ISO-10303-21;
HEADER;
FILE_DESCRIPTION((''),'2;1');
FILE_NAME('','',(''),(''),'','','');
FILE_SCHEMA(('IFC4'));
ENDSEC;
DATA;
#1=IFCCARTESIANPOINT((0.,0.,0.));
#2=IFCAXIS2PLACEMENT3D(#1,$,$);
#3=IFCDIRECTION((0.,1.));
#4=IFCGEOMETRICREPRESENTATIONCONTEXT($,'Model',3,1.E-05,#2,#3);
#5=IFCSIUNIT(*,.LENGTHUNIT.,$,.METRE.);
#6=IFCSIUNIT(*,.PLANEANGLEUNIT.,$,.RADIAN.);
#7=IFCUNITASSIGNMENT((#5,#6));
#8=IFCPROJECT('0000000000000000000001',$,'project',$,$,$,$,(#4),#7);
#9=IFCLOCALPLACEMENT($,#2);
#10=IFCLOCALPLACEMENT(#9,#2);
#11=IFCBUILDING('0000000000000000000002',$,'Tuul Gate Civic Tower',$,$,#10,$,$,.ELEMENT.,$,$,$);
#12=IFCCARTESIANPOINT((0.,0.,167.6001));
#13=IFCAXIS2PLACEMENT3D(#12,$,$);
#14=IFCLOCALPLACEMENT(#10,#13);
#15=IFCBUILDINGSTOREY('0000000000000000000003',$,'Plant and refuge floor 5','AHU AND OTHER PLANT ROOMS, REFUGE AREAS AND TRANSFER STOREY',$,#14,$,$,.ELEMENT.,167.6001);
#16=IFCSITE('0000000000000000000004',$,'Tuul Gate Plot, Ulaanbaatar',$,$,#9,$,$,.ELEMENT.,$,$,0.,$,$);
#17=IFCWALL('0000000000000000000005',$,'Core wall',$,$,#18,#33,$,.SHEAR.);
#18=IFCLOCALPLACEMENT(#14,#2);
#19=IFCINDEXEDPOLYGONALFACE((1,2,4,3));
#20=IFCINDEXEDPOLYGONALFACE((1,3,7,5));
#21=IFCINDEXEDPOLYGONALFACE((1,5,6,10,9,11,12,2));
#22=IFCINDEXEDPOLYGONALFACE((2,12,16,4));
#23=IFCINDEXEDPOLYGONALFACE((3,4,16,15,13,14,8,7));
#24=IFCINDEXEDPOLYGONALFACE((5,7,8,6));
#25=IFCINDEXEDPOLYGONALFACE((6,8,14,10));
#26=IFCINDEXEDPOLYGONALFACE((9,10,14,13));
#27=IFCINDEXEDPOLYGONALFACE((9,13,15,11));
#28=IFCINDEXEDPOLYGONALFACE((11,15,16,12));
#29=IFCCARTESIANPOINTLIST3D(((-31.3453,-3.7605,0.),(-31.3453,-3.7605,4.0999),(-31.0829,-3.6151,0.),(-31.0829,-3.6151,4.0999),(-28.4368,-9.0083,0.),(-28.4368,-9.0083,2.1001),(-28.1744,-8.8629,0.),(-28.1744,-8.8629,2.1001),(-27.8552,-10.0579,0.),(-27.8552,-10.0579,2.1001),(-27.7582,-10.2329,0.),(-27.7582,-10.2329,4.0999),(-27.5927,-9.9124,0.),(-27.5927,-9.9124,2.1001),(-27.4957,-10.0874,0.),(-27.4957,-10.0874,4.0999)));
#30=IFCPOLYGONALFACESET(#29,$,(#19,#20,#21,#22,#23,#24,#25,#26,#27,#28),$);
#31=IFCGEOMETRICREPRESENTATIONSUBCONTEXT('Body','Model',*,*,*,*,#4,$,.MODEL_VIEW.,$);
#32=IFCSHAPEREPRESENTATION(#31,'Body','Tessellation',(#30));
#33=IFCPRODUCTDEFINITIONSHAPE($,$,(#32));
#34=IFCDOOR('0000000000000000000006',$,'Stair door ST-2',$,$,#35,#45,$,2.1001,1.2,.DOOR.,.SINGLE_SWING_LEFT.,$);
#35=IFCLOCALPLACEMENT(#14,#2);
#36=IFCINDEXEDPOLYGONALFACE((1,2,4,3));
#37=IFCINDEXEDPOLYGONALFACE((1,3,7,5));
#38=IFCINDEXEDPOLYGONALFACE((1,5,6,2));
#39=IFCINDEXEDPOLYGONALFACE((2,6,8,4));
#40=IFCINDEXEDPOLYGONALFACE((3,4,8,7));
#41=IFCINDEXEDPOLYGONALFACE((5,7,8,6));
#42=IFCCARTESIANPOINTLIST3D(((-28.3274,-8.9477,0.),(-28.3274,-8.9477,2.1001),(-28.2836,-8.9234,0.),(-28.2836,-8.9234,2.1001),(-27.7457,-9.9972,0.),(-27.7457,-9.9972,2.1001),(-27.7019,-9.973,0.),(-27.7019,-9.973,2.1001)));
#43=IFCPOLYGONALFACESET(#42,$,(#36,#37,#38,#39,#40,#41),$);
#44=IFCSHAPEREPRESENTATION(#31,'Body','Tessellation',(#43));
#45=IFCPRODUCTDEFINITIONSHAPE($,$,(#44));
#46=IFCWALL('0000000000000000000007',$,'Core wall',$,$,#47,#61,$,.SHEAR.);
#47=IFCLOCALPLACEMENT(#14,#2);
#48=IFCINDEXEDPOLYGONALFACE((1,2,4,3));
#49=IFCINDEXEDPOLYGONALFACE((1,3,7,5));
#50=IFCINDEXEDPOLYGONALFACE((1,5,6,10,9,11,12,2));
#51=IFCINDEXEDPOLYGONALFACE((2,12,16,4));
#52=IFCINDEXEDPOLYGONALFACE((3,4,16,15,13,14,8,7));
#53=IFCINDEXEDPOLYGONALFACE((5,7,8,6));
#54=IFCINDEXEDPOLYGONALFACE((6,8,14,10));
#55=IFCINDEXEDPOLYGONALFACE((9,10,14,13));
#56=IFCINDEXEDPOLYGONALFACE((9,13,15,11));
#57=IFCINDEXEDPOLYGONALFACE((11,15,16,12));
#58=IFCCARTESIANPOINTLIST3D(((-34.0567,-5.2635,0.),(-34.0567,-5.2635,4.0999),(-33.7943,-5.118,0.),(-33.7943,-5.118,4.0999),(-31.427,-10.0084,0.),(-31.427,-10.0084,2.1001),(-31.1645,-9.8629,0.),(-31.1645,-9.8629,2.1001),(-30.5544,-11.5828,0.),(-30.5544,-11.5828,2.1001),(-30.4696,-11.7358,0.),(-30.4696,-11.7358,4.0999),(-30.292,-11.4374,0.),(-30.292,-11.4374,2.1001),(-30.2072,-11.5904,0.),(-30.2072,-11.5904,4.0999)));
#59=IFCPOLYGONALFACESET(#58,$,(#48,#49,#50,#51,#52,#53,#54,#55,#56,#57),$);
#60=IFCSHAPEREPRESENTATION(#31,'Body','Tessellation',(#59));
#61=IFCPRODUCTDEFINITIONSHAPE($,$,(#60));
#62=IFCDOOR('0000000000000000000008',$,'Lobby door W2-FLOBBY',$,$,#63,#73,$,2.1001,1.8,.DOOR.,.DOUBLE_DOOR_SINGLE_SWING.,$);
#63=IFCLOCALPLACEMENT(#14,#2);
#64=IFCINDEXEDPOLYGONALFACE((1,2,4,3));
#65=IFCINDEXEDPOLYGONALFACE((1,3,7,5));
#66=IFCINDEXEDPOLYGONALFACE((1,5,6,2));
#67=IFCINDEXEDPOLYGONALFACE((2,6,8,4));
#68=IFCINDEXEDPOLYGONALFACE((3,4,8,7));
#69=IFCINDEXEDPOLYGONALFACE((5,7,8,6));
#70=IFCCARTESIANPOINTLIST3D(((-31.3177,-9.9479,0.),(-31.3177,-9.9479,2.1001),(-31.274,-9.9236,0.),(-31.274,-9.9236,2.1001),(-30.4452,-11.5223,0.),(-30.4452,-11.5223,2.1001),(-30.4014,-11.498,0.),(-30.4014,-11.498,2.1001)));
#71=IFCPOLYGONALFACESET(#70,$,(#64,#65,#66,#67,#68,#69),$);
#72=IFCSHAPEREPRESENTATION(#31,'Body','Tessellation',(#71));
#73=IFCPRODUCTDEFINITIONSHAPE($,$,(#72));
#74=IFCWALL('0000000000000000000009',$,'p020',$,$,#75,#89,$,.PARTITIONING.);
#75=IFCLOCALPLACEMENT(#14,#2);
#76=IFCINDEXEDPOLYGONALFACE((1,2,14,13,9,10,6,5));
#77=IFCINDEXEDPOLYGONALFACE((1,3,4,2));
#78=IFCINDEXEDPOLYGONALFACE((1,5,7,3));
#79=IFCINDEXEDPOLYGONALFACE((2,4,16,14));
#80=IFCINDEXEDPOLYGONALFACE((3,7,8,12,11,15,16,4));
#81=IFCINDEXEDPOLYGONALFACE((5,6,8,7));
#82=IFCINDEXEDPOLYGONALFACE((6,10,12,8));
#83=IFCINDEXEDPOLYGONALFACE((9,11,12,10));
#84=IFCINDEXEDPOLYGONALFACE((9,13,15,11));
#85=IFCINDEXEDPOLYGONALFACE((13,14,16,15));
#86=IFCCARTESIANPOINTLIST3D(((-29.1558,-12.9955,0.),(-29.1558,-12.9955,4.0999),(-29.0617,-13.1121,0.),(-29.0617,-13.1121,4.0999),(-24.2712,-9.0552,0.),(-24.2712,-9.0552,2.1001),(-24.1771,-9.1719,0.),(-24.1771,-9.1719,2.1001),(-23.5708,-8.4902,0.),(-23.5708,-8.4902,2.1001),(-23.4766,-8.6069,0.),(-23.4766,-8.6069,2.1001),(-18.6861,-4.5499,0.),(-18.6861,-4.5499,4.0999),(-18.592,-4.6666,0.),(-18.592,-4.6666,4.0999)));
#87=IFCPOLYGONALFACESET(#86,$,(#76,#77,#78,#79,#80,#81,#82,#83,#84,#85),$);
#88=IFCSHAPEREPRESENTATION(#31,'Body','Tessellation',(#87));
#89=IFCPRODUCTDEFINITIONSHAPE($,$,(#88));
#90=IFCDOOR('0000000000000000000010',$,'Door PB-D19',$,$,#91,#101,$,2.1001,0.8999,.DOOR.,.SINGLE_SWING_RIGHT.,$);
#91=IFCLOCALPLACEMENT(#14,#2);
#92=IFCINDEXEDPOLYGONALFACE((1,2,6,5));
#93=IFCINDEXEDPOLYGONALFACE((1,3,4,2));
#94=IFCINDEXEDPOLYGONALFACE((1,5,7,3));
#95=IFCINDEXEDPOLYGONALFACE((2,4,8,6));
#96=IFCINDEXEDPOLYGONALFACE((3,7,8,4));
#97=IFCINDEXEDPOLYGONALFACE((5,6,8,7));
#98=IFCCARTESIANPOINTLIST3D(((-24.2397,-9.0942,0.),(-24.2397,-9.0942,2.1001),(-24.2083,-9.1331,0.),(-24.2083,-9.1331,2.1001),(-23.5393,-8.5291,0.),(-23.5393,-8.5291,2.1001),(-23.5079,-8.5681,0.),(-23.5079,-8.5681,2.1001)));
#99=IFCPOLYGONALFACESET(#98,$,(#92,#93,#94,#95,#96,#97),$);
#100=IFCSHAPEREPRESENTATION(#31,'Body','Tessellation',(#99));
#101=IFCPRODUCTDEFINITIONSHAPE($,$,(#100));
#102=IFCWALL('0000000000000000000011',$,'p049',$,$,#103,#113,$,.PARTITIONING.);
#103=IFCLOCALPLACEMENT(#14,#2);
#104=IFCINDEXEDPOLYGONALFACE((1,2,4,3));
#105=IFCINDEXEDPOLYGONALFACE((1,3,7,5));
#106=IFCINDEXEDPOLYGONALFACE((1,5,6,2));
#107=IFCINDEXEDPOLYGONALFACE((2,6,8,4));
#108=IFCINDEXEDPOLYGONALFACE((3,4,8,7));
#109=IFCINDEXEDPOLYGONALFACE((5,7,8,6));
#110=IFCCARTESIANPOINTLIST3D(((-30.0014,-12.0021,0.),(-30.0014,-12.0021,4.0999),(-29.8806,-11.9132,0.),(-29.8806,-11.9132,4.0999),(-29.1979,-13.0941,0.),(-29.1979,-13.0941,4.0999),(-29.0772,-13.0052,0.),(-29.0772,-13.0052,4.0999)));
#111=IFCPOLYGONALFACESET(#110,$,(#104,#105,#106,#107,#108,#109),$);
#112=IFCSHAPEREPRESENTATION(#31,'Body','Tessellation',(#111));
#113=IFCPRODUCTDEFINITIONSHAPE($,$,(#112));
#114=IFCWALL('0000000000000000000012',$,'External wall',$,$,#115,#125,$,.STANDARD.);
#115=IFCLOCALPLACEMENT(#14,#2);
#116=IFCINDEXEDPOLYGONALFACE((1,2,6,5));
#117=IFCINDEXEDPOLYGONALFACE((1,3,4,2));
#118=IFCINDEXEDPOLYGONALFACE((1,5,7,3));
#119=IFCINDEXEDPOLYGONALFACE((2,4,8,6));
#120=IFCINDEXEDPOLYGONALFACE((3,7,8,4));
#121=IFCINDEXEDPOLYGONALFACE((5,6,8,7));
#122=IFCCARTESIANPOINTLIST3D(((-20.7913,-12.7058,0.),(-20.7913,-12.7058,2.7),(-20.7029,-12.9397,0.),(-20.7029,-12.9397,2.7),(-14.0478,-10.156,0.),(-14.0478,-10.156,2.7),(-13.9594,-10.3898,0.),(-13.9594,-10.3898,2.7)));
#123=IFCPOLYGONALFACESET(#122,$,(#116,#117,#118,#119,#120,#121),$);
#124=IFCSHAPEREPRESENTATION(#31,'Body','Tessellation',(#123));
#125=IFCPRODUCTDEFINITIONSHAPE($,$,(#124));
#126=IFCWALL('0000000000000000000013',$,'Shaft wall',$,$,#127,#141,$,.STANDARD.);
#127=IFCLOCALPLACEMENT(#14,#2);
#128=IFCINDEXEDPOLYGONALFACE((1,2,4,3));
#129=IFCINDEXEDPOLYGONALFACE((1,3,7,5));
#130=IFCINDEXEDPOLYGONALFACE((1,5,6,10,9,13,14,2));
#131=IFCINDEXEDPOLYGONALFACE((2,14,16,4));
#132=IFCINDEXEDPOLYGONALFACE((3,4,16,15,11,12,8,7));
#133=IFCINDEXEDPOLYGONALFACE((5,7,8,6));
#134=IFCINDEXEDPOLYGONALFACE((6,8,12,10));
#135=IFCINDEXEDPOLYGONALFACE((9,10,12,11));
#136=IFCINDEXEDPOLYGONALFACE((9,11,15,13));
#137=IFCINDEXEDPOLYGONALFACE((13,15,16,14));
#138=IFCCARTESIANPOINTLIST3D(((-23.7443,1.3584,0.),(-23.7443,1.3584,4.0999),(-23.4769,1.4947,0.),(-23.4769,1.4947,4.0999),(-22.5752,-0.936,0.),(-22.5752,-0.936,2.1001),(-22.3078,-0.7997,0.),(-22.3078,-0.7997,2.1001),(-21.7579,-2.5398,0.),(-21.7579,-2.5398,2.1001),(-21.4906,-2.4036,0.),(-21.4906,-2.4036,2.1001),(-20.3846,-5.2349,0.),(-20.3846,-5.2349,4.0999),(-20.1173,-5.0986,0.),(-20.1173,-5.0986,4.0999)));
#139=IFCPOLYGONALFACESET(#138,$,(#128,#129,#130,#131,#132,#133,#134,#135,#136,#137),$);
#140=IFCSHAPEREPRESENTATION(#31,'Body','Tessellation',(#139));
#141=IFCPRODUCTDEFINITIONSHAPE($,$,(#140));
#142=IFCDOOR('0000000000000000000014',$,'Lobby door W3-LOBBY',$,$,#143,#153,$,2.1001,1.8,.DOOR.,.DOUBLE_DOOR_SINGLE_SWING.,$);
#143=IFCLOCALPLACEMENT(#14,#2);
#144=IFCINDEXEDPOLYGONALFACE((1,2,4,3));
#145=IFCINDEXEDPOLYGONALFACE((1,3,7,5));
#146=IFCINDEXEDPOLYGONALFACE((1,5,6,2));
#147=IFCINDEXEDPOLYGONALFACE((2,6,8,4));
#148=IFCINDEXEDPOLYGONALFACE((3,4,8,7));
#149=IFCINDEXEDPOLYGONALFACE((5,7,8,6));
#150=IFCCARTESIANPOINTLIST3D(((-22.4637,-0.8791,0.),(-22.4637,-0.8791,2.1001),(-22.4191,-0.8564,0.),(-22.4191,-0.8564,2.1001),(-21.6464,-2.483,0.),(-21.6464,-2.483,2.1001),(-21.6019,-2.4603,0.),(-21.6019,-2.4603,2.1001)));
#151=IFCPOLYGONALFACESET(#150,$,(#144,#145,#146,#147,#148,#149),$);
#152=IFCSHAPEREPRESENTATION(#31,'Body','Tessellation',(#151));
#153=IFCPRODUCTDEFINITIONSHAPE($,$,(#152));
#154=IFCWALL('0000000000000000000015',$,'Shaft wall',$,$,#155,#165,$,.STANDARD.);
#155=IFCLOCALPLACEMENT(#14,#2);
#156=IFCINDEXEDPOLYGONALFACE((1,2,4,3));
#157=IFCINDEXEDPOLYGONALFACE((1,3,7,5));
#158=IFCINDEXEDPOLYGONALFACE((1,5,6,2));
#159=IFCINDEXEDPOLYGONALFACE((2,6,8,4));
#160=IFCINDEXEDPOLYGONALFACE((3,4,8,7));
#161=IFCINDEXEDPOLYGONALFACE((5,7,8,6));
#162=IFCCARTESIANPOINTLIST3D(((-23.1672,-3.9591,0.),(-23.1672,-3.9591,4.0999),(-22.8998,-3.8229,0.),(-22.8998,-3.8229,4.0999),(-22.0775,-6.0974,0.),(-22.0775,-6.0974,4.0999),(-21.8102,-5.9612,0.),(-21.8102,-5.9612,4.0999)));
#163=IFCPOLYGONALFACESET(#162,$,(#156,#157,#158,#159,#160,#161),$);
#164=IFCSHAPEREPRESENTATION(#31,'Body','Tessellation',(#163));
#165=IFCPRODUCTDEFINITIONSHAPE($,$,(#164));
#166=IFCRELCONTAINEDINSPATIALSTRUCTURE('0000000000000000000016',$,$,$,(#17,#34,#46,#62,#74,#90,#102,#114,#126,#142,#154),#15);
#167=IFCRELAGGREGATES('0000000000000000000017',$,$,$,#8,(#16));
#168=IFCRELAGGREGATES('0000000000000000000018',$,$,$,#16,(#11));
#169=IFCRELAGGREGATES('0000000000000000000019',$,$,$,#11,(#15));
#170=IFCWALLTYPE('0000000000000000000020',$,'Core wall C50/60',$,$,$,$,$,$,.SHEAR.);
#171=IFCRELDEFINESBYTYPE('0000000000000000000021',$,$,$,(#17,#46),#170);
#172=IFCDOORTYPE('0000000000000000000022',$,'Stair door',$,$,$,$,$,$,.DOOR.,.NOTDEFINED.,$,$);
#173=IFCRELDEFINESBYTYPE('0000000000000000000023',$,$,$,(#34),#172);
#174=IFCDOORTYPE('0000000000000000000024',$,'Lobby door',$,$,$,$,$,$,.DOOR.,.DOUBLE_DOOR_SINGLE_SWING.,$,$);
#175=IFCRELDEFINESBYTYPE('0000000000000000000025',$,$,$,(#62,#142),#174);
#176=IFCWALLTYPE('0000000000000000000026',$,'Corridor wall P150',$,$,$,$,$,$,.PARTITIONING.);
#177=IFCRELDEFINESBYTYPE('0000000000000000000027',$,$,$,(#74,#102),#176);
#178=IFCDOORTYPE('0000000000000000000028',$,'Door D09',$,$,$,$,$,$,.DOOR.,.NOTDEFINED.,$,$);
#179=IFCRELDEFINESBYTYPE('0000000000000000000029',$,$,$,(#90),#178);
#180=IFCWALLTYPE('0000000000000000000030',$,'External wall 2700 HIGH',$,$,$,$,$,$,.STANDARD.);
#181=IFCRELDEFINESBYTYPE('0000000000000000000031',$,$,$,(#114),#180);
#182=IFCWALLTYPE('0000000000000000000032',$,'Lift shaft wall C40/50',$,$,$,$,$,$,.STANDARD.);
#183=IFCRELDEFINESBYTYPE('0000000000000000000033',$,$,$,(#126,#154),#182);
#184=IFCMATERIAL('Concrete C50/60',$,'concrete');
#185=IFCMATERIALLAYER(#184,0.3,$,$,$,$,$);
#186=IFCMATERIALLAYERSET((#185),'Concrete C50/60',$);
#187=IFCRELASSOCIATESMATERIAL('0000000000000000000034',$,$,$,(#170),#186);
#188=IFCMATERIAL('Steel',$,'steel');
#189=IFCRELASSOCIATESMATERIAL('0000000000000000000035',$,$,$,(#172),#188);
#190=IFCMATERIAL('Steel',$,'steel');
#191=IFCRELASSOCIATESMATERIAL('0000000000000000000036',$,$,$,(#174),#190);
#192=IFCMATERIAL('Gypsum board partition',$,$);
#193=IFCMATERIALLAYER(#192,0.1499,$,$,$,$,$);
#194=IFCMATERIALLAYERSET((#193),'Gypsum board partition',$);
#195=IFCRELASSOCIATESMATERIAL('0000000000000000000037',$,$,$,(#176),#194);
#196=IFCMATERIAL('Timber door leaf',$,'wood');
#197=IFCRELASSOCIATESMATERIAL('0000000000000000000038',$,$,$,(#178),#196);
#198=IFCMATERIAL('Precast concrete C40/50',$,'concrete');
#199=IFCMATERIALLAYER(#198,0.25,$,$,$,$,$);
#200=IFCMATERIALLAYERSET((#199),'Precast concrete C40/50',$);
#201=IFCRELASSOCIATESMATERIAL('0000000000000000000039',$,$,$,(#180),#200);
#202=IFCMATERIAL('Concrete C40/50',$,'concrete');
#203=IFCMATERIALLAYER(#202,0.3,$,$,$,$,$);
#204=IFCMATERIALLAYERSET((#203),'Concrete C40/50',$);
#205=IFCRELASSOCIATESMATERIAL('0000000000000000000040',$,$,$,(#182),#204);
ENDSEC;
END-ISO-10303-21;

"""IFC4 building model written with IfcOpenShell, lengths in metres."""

from ifc_helpers import new_model, si_unit, direction, frame, frame_2d, origin, place, context, subcontext, project, spatial, rectangle, extrude, material, layer, layer_set, type_object, element, fill, save


model = new_model("IFC4")

# Units and contexts
model_context = context("Model", 3, precision=1e-05, world=origin(), true_north=direction((0.0, 1.0)))
body_context = subcontext(model_context, "Body", "Model", "MODEL_VIEW")
ifc_project = project(units=[si_unit("LENGTHUNIT", "METRE"), si_unit("PLANEANGLEUNIT", "RADIAN")], contexts=[model_context])

# Site, building, storey
site_placement = place(None, origin())
site = spatial("IfcSite", under=ifc_project, at=site_placement, Name="Tuul Gate Plot, Ulaanbaatar", CompositionType="ELEMENT", RefElevation=0.0)
building_placement = place(site_placement, origin())
building = spatial("IfcBuilding", under=site, at=building_placement, Name="Tuul Gate Civic Tower", CompositionType="ELEMENT")
storey_placement = place(building_placement, frame((0.0, 0.0, 167.6001)))
storey = spatial("IfcBuildingStorey", under=building, at=storey_placement, Name="Plant and refuge floor 5", Description="AHU AND OTHER PLANT ROOMS, REFUGE AREAS AND TRANSFER STOREY", CompositionType="ELEMENT", Elevation=167.6001)

# Shared definitions
ifc_material_1 = material(Name="Concrete C50/60", Category="concrete")
ifc_layer_1 = layer(ifc_material_1, 0.3)
ifc_layer_set_1 = layer_set([ifc_layer_1], Name="Concrete C50/60")
wall_type_1 = type_object("IfcWallType", Name="Core wall C50/60", PredefinedType="SHEAR", material=ifc_layer_set_1)

# Walls, openings, doors
wall_1_placement = place(storey_placement, frame((-27.627, -10.1602, 0.0), z_axis=(0.0, 0.0, 1.0), x_axis=(-0.484752, 0.874652, 0.0)))
wall_1 = element("IfcWall", 1, at=wall_1_placement, inside=storey, type_object=wall_type_1, Name="Core wall", PredefinedType="SHEAR", context=body_context, shape_type="SweptSolid", body=[
    extrude(rectangle(XDim=7.3999, YDim=0.3, at=frame_2d((3.7, 0.0))), origin(), (0.0, 0.0, 1.0), 4.0999),
])
opening_1_placement = place(wall_1_placement, frame((0.2, 0.0, 0.0)))
opening_1 = element("IfcOpeningElement", 2, at=opening_1_placement, cuts=wall_1, PredefinedType="OPENING", context=body_context, shape_type="SweptSolid", body=[
    extrude(rectangle(XDim=1.2, YDim=2.1001, at=frame_2d((0.6001, 1.05))), frame((0.0, 0.1602, 0.0), z_axis=(0.0, -1.0, 0.0), x_axis=(1.0, 0.0, 0.0)), (0.0, 0.0, 1.0), 0.3201),
])
ifc_material_2 = material(Name="Steel", Category="steel")
door_type_1 = type_object("IfcDoorType", Name="Stair door", OperationType="NOTDEFINED", PredefinedType="DOOR", material=ifc_material_2)
door_1_placement = place(opening_1_placement, origin())
door_1 = element("IfcDoor", 3, at=door_1_placement, inside=storey, type_object=door_type_1, Name="Stair door ST-2", OperationType="SINGLE_SWING_LEFT", OverallHeight=2.1001, OverallWidth=1.2, PredefinedType="DOOR", context=body_context, shape_type="SweptSolid", body=[
    extrude(rectangle(XDim=1.2, YDim=2.1001, at=frame_2d((0.6001, 1.05))), frame((0.0, 0.0249, 0.0), z_axis=(0.0, -1.0, 0.0), x_axis=(1.0, 0.0, 0.0)), (0.0, 0.0, 1.0), 0.05),
])
fill(opening_1, door_1)
wall_2_placement = place(storey_placement, frame((-30.3384, -11.6631, 0.0), z_axis=(0.0, 0.0, 1.0), x_axis=(-0.484752, 0.874652, 0.0)))
wall_2 = element("IfcWall", 4, at=wall_2_placement, inside=storey, type_object=wall_type_1, Name="Core wall", PredefinedType="SHEAR", context=body_context, shape_type="SweptSolid", body=[
    extrude(rectangle(XDim=7.3999, YDim=0.3, at=frame_2d((3.7, 0.0))), origin(), (0.0, 0.0, 1.0), 4.0999),
])
opening_2_placement = place(wall_2_placement, frame((0.175, 0.0, 0.0)))
opening_2 = element("IfcOpeningElement", 5, at=opening_2_placement, cuts=wall_2, PredefinedType="OPENING", context=body_context, shape_type="SweptSolid", body=[
    extrude(rectangle(XDim=1.8, YDim=2.1001, at=frame_2d((0.8999, 1.05))), frame((0.0, 0.1602, 0.0), z_axis=(0.0, -1.0, 0.0), x_axis=(1.0, 0.0, 0.0)), (0.0, 0.0, 1.0), 0.3201),
])
ifc_material_3 = material(Name="Steel", Category="steel")
door_type_2 = type_object("IfcDoorType", Name="Lobby door", OperationType="DOUBLE_DOOR_SINGLE_SWING", PredefinedType="DOOR", material=ifc_material_3)
door_2_placement = place(opening_2_placement, frame((1.8, 0.0, 0.0), z_axis=(0.0, 0.0, 1.0), x_axis=(-1.0, 0.0, 0.0)))
door_2 = element("IfcDoor", 6, at=door_2_placement, inside=storey, type_object=door_type_2, Name="Lobby door W2-FLOBBY", OperationType="DOUBLE_DOOR_SINGLE_SWING", OverallHeight=2.1001, OverallWidth=1.8, PredefinedType="DOOR", context=body_context, shape_type="SweptSolid", body=[
    extrude(rectangle(XDim=1.8, YDim=2.1001, at=frame_2d((0.9001, 1.05))), frame((0.0, 0.0249, 0.0), z_axis=(0.0, -1.0, 0.0), x_axis=(1.0, 0.0, 0.0)), (0.0, 0.0, 1.0), 0.05),
])
fill(opening_2, door_2)
ifc_material_4 = material(Name="Gypsum board partition")
ifc_layer_2 = layer(ifc_material_4, 0.1499)
ifc_layer_set_2 = layer_set([ifc_layer_2], Name="Gypsum board partition")
wall_type_2 = type_object("IfcWallType", Name="Corridor wall P150", PredefinedType="PARTITIONING", material=ifc_layer_set_2)
wall_3_placement = place(storey_placement, frame((-29.1086, -13.0537, 0.0), z_axis=(0.0, 0.0, 1.0), x_axis=(0.778332, 0.627853, 0.0)))
wall_3 = element("IfcWall", 7, at=wall_3_placement, inside=storey, type_object=wall_type_2, Name="p020", PredefinedType="PARTITIONING", context=body_context, shape_type="SweptSolid", body=[
    extrude(rectangle(XDim=13.4514, YDim=0.1499, at=frame_2d((6.7256, 0.0))), origin(), (0.0, 0.0, 1.0), 4.0999),
])
opening_3_placement = place(wall_3_placement, frame((6.2756, 0.0, 0.0)))
opening_3 = element("IfcOpeningElement", 8, at=opening_3_placement, cuts=wall_3, PredefinedType="OPENING", context=body_context, shape_type="SweptSolid", body=[
    extrude(rectangle(XDim=0.8999, YDim=2.1001, at=frame_2d((0.45, 1.05))), frame((0.0, 0.085, 0.0), z_axis=(0.0, -1.0, 0.0), x_axis=(1.0, 0.0, 0.0)), (0.0, 0.0, 1.0), 0.1699),
])
ifc_material_5 = material(Name="Timber door leaf", Category="wood")
door_type_3 = type_object("IfcDoorType", Name="Door D09", OperationType="NOTDEFINED", PredefinedType="DOOR", material=ifc_material_5)
door_3_placement = place(opening_3_placement, origin())
door_3 = element("IfcDoor", 9, at=door_3_placement, inside=storey, type_object=door_type_3, Name="Door PB-D19", OperationType="SINGLE_SWING_RIGHT", OverallHeight=2.1001, OverallWidth=0.8999, PredefinedType="DOOR", context=body_context, shape_type="SweptSolid", body=[
    extrude(rectangle(XDim=0.8999, YDim=2.1001, at=frame_2d((0.45, 1.05))), frame((0.0, 0.0249, 0.0), z_axis=(0.0, -1.0, 0.0), x_axis=(1.0, 0.0, 0.0)), (0.0, 0.0, 1.0), 0.05),
])
fill(opening_3, door_3)

# Walls
wall_4_placement = place(storey_placement, frame((-29.9409, -11.9578, 0.0), z_axis=(0.0, 0.0, 1.0), x_axis=(0.592628, -0.805477, 0.0)))
element("IfcWall", 10, at=wall_4_placement, inside=storey, type_object=wall_type_2, Name="p049", PredefinedType="PARTITIONING", context=body_context, shape_type="SweptSolid", body=[
    extrude(rectangle(XDim=1.3557, YDim=0.1499, at=frame_2d((0.6777, 0.0))), origin(), (0.0, 0.0, 1.0), 4.0999),
])
ifc_material_6 = material(Name="Precast concrete C40/50", Category="concrete")
ifc_layer_3 = layer(ifc_material_6, 0.25)
ifc_layer_set_3 = layer_set([ifc_layer_3], Name="Precast concrete C40/50")
wall_type_3 = type_object("IfcWallType", Name="External wall 2700 HIGH", PredefinedType="STANDARD", material=ifc_layer_set_3)
wall_5_placement = place(storey_placement, frame((-20.7471, -12.8228, 0.0), z_axis=(0.0, 0.0, 1.0), x_axis=(0.935367, 0.353679, 0.0)))
element("IfcWall", 11, at=wall_5_placement, inside=storey, type_object=wall_type_3, Name="External wall", PredefinedType="STANDARD", context=body_context, shape_type="SweptSolid", body=[
    extrude(rectangle(XDim=7.2095, YDim=0.25, at=frame_2d((3.6047, 0.0))), origin(), (0.0, 0.0, 1.0), 2.7),
])

# Wall, opening, door
ifc_material_7 = material(Name="Concrete C40/50", Category="concrete")
ifc_layer_4 = layer(ifc_material_7, 0.3)
ifc_layer_set_4 = layer_set([ifc_layer_4], Name="Concrete C40/50")
wall_type_4 = type_object("IfcWallType", Name="Lift shaft wall C40/50", PredefinedType="STANDARD", material=ifc_layer_set_4)
wall_6_placement = place(storey_placement, frame((-20.251, -5.1667, 0.0), z_axis=(0.0, 0.0, 1.0), x_axis=(-0.45401, 0.890996, 0.0)))
wall_6 = element("IfcWall", 12, at=wall_6_placement, inside=storey, type_object=wall_type_4, Name="Shaft wall", PredefinedType="STANDARD", context=body_context, shape_type="SweptSolid", body=[
    extrude(rectangle(XDim=7.3999, YDim=0.3, at=frame_2d((3.7, 0.0))), origin(), (0.0, 0.0, 1.0), 4.0999),
])
opening_4_placement = place(wall_6_placement, frame((3.0249, 0.0, 0.0)))
opening_4 = element("IfcOpeningElement", 13, at=opening_4_placement, cuts=wall_6, PredefinedType="OPENING", context=body_context, shape_type="SweptSolid", body=[
    extrude(rectangle(XDim=1.8, YDim=2.1001, at=frame_2d((0.8999, 1.05))), frame((0.0, 0.1602, 0.0), z_axis=(0.0, -1.0, 0.0), x_axis=(1.0, 0.0, 0.0)), (0.0, 0.0, 1.0), 0.3201),
])
door_4_placement = place(opening_4_placement, origin())
door_4 = element("IfcDoor", 14, at=door_4_placement, inside=storey, type_object=door_type_2, Name="Lobby door W3-LOBBY", OperationType="DOUBLE_DOOR_SINGLE_SWING", OverallHeight=2.1001, OverallWidth=1.8, PredefinedType="DOOR", context=body_context, shape_type="SweptSolid", body=[
    extrude(rectangle(XDim=1.8, YDim=2.1001, at=frame_2d((0.8999, 1.05))), frame((0.0, 0.0249, 0.0), z_axis=(0.0, -1.0, 0.0), x_axis=(1.0, 0.0, 0.0)), (0.0, 0.0, 1.0), 0.05),
])
fill(opening_4, door_4)

# Wall
for number, where, z_axis, x_axis, name in (
    (15, (-21.9438, -6.0293, 0.0), (0.0, 0.0, 1.0), (-0.454037, 0.890983, 0.0), "Shaft wall"),
):
    element("IfcWall", number, at=place(storey_placement, frame(where, z_axis=z_axis, x_axis=x_axis)), inside=storey, type_object=wall_type_4, Name=name, PredefinedType="STANDARD", context=body_context, shape_type="SweptSolid", body=[
        extrude(rectangle(XDim=2.3999, YDim=0.3, at=frame_2d((1.2, 0.0))), origin(), (0.0, 0.0, 1.0), 4.0999),
    ])

save(model, "model.ifc")
